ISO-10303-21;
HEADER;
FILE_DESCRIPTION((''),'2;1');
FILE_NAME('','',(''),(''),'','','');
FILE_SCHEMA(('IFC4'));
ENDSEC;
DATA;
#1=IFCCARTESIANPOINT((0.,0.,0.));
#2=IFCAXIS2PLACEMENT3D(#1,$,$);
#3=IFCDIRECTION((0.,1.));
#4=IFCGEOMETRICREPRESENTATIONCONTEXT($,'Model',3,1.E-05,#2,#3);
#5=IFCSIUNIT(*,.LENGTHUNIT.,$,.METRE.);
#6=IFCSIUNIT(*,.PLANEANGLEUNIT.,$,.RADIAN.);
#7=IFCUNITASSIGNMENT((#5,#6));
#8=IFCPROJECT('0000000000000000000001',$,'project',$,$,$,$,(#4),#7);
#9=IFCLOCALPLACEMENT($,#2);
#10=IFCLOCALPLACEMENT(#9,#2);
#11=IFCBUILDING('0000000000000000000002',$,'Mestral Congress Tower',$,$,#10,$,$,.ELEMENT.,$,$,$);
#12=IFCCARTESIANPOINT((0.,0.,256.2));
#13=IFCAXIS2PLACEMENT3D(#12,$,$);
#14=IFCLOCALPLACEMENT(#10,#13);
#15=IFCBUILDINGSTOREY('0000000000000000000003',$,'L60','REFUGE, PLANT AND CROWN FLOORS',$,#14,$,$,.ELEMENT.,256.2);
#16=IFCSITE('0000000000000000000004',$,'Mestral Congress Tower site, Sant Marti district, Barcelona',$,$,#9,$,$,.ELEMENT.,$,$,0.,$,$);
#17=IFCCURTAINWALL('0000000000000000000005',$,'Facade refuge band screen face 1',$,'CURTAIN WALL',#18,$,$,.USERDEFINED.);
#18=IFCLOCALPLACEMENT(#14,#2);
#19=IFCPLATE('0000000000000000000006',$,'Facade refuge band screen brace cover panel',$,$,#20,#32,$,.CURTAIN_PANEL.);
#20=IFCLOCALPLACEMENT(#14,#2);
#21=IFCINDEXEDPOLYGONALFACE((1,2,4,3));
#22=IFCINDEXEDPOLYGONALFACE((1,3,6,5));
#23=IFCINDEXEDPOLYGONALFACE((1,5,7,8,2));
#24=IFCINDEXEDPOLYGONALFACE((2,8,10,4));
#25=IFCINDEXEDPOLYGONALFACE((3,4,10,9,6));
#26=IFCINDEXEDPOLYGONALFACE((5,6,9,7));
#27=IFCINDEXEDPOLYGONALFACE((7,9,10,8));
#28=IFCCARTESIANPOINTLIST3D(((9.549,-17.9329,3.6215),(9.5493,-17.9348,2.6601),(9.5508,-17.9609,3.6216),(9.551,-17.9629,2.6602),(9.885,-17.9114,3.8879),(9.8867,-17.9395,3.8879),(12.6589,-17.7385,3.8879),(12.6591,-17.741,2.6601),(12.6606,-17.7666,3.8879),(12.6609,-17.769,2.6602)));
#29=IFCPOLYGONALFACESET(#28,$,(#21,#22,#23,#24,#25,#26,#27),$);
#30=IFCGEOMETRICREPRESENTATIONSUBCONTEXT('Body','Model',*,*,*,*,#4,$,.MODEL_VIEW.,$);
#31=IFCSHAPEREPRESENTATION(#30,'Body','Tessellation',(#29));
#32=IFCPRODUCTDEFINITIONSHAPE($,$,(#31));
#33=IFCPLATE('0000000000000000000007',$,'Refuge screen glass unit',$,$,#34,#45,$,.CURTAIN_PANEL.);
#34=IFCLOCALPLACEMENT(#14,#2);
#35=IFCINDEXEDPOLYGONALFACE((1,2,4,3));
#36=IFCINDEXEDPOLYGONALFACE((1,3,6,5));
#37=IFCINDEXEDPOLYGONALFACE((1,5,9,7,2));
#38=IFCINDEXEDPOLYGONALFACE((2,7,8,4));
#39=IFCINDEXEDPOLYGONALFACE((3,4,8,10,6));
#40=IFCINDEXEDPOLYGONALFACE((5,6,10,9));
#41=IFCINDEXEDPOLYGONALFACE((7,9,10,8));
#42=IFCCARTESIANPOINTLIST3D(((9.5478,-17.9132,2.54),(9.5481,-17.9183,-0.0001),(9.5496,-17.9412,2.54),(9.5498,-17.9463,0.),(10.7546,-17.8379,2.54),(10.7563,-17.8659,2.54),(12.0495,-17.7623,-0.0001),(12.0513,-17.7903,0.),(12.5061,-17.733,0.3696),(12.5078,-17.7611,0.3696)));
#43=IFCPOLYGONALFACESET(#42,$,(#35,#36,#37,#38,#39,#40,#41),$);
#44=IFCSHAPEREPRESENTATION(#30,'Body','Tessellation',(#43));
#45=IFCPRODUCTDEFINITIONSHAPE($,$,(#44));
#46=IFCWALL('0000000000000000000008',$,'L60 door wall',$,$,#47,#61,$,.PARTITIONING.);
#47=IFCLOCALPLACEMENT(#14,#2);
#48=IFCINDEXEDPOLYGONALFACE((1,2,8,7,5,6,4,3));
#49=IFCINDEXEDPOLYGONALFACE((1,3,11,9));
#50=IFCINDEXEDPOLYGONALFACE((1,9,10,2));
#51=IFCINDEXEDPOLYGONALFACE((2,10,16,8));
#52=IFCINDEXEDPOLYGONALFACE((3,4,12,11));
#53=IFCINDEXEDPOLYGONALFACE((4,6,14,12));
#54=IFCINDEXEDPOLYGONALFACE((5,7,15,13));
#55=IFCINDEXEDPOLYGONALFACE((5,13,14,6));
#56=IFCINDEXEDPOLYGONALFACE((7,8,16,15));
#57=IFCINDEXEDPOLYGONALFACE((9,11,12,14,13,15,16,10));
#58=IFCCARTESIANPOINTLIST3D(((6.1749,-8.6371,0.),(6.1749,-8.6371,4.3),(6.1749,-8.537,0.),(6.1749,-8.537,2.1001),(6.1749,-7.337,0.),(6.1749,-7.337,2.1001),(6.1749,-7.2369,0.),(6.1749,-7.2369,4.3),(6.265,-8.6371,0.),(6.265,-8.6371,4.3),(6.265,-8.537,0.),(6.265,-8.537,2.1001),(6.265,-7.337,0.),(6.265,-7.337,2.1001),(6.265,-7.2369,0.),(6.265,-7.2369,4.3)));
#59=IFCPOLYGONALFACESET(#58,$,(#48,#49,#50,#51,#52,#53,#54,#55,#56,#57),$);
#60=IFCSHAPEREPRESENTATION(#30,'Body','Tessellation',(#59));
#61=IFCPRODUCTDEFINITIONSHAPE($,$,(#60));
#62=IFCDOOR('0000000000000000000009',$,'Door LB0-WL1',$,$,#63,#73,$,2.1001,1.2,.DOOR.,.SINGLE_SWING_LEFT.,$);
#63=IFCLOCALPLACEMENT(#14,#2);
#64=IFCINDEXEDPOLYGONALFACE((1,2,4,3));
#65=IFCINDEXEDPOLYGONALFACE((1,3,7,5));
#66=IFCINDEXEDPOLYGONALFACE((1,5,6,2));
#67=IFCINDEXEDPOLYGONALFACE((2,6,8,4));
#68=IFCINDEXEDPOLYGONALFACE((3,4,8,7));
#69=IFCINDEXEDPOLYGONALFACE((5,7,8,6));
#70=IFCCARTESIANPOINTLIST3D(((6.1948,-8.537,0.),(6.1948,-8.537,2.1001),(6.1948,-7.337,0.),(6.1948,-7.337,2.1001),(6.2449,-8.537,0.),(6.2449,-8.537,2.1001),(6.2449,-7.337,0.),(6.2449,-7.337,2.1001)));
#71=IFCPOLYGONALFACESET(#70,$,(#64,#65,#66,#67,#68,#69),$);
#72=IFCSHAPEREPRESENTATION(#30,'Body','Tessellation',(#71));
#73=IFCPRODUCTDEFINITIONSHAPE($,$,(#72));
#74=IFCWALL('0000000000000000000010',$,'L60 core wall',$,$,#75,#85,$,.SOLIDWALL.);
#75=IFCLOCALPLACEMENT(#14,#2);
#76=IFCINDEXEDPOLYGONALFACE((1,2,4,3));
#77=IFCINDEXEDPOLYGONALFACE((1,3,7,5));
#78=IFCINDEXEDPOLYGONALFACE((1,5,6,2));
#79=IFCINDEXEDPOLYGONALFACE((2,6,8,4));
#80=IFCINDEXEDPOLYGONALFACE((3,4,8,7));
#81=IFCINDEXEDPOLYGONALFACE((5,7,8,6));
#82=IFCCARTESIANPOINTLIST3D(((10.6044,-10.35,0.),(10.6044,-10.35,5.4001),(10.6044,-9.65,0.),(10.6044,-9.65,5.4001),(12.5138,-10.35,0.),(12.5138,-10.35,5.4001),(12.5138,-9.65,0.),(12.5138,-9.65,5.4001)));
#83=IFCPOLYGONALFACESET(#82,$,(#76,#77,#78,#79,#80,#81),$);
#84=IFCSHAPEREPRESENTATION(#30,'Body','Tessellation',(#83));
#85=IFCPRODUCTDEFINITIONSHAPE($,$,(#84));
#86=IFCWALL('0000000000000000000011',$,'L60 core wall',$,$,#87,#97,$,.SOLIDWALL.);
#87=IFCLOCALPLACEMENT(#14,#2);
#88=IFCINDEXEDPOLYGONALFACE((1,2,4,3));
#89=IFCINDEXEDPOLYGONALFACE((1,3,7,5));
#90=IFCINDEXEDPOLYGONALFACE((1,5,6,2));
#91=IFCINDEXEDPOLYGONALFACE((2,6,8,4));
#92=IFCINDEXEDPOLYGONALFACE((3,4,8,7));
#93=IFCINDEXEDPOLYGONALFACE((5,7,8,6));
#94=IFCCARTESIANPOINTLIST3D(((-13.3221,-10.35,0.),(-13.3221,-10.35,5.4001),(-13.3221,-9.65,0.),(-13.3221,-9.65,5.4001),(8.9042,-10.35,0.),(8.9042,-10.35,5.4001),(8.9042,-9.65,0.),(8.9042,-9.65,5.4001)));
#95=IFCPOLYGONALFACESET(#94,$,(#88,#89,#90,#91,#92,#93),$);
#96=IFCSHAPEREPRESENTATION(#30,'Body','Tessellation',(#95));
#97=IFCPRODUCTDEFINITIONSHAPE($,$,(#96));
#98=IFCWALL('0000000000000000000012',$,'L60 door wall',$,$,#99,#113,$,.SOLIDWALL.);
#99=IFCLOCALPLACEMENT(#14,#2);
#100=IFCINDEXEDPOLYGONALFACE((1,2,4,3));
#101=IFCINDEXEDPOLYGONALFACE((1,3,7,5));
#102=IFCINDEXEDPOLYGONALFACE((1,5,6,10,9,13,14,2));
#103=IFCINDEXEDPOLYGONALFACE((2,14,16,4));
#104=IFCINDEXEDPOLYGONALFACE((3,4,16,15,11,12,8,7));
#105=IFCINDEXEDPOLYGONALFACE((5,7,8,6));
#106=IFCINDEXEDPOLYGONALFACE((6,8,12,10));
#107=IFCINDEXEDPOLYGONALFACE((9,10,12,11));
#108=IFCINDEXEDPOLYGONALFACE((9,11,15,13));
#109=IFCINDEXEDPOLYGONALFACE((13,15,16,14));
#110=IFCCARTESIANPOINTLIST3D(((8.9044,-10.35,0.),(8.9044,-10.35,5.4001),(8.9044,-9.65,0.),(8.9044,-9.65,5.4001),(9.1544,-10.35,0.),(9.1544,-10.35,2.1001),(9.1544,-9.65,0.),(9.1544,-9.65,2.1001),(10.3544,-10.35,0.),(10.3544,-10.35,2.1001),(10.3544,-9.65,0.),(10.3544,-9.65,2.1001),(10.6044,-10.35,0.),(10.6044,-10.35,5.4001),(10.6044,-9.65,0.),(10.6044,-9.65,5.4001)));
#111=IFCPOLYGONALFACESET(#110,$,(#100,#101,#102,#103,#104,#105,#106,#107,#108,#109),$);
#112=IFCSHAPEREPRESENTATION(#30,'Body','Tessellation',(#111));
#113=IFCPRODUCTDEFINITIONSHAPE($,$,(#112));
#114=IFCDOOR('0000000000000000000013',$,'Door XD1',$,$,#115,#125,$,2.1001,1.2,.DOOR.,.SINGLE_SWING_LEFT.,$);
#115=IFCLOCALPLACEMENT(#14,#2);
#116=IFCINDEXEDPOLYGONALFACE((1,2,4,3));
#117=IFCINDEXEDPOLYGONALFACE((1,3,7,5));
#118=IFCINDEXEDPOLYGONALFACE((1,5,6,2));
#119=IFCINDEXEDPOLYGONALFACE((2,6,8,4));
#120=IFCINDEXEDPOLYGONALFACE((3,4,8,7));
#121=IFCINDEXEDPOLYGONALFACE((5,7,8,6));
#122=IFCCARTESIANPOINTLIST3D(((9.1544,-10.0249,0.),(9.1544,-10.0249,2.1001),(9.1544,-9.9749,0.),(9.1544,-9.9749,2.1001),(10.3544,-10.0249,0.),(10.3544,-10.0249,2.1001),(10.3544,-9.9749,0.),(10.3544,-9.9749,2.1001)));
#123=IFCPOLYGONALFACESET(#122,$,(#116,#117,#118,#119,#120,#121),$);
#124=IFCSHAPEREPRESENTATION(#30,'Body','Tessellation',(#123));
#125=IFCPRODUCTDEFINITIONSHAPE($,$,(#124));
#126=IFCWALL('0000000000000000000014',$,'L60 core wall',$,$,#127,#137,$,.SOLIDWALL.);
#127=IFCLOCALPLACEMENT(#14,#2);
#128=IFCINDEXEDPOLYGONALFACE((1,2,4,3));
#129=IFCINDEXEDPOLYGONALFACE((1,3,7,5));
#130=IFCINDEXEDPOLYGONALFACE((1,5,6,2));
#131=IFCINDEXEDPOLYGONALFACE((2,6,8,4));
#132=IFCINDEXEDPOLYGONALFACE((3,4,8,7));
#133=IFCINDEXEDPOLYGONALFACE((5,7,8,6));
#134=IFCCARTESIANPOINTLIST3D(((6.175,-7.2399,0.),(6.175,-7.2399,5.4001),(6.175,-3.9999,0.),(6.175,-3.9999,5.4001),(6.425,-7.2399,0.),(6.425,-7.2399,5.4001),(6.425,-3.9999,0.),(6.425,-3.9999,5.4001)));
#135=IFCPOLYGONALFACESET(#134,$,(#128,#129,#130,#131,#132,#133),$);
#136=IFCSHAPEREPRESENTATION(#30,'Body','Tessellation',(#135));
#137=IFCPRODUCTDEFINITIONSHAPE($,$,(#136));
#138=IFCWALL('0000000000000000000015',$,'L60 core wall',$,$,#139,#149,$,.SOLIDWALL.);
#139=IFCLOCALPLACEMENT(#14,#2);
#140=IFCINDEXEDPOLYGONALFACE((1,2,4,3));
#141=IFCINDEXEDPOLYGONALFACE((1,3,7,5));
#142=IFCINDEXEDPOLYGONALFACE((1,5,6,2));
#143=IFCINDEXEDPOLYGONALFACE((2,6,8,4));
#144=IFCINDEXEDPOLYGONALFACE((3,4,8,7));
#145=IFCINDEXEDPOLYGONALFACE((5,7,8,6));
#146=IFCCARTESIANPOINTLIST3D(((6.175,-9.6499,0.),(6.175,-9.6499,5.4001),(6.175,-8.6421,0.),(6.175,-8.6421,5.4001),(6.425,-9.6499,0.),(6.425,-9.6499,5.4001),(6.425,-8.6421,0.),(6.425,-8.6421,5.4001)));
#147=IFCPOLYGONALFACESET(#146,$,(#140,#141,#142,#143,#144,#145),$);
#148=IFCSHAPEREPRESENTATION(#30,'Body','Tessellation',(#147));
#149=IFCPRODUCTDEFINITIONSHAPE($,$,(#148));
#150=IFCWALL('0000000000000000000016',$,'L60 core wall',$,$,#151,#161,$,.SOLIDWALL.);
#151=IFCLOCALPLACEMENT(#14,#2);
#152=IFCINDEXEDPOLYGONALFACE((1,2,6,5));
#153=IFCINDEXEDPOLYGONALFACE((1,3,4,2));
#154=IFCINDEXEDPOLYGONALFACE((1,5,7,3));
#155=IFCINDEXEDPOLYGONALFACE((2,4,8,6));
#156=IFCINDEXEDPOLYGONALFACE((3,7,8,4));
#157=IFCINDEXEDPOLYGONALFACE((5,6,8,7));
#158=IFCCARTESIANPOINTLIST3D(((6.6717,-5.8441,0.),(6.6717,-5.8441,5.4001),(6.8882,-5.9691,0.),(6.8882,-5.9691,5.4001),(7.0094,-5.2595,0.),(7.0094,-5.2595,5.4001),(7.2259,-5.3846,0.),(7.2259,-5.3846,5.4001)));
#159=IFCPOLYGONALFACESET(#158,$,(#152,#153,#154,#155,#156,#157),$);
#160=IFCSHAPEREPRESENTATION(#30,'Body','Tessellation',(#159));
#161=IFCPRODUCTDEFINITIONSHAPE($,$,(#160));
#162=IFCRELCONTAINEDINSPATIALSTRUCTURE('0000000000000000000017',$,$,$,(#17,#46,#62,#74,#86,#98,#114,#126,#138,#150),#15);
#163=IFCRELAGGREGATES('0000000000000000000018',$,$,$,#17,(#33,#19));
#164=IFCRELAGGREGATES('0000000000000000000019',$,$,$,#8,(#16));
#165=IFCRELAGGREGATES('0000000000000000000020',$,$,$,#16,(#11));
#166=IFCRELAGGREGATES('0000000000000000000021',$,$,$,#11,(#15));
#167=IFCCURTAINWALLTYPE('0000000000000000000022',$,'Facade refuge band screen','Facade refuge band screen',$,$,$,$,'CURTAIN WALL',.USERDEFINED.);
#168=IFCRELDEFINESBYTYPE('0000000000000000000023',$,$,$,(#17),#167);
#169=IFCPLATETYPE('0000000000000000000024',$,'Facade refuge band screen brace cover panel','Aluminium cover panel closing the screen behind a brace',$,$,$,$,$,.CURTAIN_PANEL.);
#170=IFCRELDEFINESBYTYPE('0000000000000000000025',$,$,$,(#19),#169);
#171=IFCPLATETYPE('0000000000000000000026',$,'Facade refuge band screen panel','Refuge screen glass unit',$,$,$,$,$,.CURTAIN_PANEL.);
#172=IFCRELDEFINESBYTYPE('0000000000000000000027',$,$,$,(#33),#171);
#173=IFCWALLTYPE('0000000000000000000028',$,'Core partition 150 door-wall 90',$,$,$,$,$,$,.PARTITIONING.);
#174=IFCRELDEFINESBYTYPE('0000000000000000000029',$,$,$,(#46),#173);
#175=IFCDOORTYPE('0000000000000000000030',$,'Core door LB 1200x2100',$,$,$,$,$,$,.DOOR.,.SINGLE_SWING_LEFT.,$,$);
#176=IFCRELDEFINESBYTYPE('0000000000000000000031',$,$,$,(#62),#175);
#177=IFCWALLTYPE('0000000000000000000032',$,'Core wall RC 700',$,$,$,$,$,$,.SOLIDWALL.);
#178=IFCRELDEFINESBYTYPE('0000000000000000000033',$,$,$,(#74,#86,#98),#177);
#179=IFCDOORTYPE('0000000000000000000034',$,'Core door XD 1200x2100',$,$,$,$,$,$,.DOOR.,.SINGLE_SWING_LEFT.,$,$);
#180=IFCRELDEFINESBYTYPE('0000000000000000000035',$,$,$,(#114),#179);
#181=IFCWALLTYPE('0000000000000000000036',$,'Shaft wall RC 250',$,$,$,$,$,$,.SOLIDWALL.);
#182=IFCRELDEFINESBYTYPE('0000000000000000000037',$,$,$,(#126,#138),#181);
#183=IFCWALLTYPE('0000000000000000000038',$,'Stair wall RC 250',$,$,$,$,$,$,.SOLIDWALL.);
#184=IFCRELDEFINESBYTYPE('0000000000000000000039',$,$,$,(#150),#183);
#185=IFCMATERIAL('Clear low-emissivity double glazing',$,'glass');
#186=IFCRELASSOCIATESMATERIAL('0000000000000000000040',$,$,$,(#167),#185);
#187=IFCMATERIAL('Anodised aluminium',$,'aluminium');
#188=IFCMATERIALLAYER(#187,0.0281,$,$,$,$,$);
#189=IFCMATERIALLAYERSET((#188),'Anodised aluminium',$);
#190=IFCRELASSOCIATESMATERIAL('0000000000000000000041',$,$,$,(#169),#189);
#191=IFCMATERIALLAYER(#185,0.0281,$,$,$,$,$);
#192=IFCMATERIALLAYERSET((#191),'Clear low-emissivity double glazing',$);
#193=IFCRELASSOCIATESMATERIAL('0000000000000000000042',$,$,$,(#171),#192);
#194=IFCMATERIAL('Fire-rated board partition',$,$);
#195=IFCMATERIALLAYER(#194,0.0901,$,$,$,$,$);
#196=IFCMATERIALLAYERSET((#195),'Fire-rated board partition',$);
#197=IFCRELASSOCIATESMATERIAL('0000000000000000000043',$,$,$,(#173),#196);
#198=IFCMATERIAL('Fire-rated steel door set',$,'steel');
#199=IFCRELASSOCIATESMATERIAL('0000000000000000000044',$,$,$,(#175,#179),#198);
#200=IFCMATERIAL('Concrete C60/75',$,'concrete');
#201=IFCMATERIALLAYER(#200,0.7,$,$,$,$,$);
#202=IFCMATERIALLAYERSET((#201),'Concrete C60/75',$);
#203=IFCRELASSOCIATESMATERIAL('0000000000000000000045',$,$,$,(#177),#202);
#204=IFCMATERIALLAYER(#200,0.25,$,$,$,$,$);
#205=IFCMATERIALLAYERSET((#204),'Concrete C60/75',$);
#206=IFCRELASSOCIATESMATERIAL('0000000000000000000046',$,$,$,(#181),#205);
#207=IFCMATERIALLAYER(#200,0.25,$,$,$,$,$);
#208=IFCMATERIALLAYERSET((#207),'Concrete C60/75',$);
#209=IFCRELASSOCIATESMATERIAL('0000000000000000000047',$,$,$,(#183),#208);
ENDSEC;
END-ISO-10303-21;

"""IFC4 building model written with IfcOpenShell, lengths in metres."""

from ifc_helpers import new_model, si_unit, direction, frame, frame_2d, origin, place, context, subcontext, project, spatial, polyline, rectangle, outline, extrude, material, layer, layer_set, type_object, element, fill, aggregate, save


model = new_model("IFC4")

# Units and contexts
model_context = context("Model", 3, precision=1e-05, world=origin(), true_north=direction((0.0, 1.0)))
body_context = subcontext(model_context, "Body", "Model", "MODEL_VIEW")
ifc_project = project(units=[si_unit("LENGTHUNIT", "METRE"), si_unit("PLANEANGLEUNIT", "RADIAN")], contexts=[model_context])

# Site, building, storey
site_placement = place(None, origin())
site = spatial("IfcSite", under=ifc_project, at=site_placement, Name="Mestral Congress Tower site, Sant Marti district, Barcelona", CompositionType="ELEMENT", RefElevation=0.0)
building_placement = place(site_placement, origin())
building = spatial("IfcBuilding", under=site, at=building_placement, Name="Mestral Congress Tower", CompositionType="ELEMENT")
storey_placement = place(building_placement, frame((0.0, 0.0, 256.2)))
storey = spatial("IfcBuildingStorey", under=building, at=storey_placement, Name="L60", Description="REFUGE, PLANT AND CROWN FLOORS", CompositionType="ELEMENT", Elevation=256.2)

# Curtain wall, plates
ifc_material_1 = material(Name="Clear low-emissivity double glazing", Category="glass")
curtain_wall_type = type_object("IfcCurtainWallType", Name="Facade refuge band screen", Description="Facade refuge band screen", ElementType="CURTAIN WALL", PredefinedType="USERDEFINED", material=ifc_material_1)
placement = place(storey_placement, origin())
curtain_wall = element("IfcCurtainWall", 1, at=placement, inside=storey, type_object=curtain_wall_type, Name="Facade refuge band screen face 1", ObjectType="CURTAIN WALL", PredefinedType="USERDEFINED")
ifc_material_2 = material(Name="Anodised aluminium", Category="aluminium")
ifc_layer_1 = layer(ifc_material_2, 0.0281)
ifc_layer_set_1 = layer_set([ifc_layer_1], Name="Anodised aluminium")
plate_type_1 = type_object("IfcPlateType", Name="Facade refuge band screen brace cover panel", Description="Aluminium cover panel closing the screen behind a brace", PredefinedType="CURTAIN_PANEL", material=ifc_layer_set_1)
plate_1_placement = place(storey_placement, frame((12.6609, -17.769, 2.6602), z_axis=(0.062203, -0.998061, 0.002022), x_axis=(-0.998064, -0.062203, 0.0)))
plate_1 = element("IfcPlate", 2, at=plate_1_placement, type_object=plate_type_1, Name="Facade refuge band screen brace cover panel", PredefinedType="CURTAIN_PANEL", context=body_context, shape_type="SweptSolid", body=[
    extrude(outline(polyline([(0.0, 0.0), (3.1159, 0.0), (3.116, -0.9614), (2.7794, -1.2278), (0.0001, -1.2278), (0.0, 0.0)])), origin(), (0.0, 0.0, -1.0), 0.0281),
])
ifc_layer_2 = layer(ifc_material_1, 0.0281)
ifc_layer_set_2 = layer_set([ifc_layer_2], Name="Clear low-emissivity double glazing")
plate_type_2 = type_object("IfcPlateType", Name="Facade refuge band screen panel", Description="Refuge screen glass unit", PredefinedType="CURTAIN_PANEL", material=ifc_layer_set_2)
plate_2_placement = place(storey_placement, frame((12.0513, -17.7903, 0.0), z_axis=(0.062249, -0.998059, 0.002012), x_axis=(-0.998061, -0.062249, 0.0)))
plate_2 = element("IfcPlate", 3, at=plate_2_placement, type_object=plate_type_2, Name="Refuge screen glass unit", PredefinedType="CURTAIN_PANEL", context=body_context, shape_type="SweptSolid", body=[
    extrude(outline(polyline([(0.0, 0.0), (2.5063, 0.0), (2.5062, -2.54), (1.2971, -2.54), (-0.4575, -0.3696), (0.0, 0.0)])), origin(), (0.0, 0.0, -1.0), 0.0281),
])
aggregate(curtain_wall, [plate_2, plate_1])

# Wall, opening, door
ifc_material_3 = material(Name="Fire-rated board partition")
ifc_layer_3 = layer(ifc_material_3, 0.0901)
ifc_layer_set_3 = layer_set([ifc_layer_3], Name="Fire-rated board partition")
wall_type_1 = type_object("IfcWallType", Name="Core partition 150 door-wall 90", PredefinedType="PARTITIONING", material=ifc_layer_set_3)
wall_1_placement = place(storey_placement, frame((6.22, -7.2368, 0.0), z_axis=(0.0, 0.0, 1.0), x_axis=(0.0, -1.0, 0.0)))
wall_1 = element("IfcWall", 4, at=wall_1_placement, inside=storey, type_object=wall_type_1, Name="L60 door wall", PredefinedType="PARTITIONING", context=body_context, shape_type="SweptSolid", body=[
    extrude(rectangle(XDim=1.4001, YDim=0.0901, at=frame_2d((0.7002, 0.0))), origin(), (0.0, 0.0, 1.0), 4.3),
])
opening_1_placement = place(wall_1_placement, frame((0.1001, 0.0, 0.0)))
opening_1 = element("IfcOpeningElement", 5, at=opening_1_placement, cuts=wall_1, PredefinedType="OPENING", context=body_context, shape_type="SweptSolid", body=[
    extrude(rectangle(XDim=1.2, YDim=2.1001, at=frame_2d((0.6001, 1.05))), frame((0.0, 0.0549, 0.0), z_axis=(0.0, -1.0, 0.0), x_axis=(1.0, 0.0, 0.0)), (0.0, 0.0, 1.0), 0.1101),
])
ifc_material_4 = material(Name="Fire-rated steel door set", Category="steel")
door_type_1 = type_object("IfcDoorType", Name="Core door LB 1200x2100", OperationType="SINGLE_SWING_LEFT", PredefinedType="DOOR", material=ifc_material_4)
door_1_placement = place(opening_1_placement, origin())
door_1 = element("IfcDoor", 6, at=door_1_placement, inside=storey, type_object=door_type_1, Name="Door LB0-WL1", OperationType="SINGLE_SWING_LEFT", OverallHeight=2.1001, OverallWidth=1.2, PredefinedType="DOOR", context=body_context, shape_type="SweptSolid", body=[
    extrude(rectangle(XDim=1.2, YDim=2.1001, at=frame_2d((0.6001, 1.05))), frame((0.0, 0.0249, 0.0), z_axis=(0.0, -1.0, 0.0), x_axis=(1.0, 0.0, 0.0)), (0.0, 0.0, 1.0), 0.05),
])
fill(opening_1, door_1)

# Walls
ifc_material_5 = material(Name="Concrete C60/75", Category="concrete")
ifc_layer_4 = layer(ifc_material_5, 0.7)
ifc_layer_set_4 = layer_set([ifc_layer_4], Name="Concrete C60/75")
wall_type_2 = type_object("IfcWallType", Name="Core wall RC 700", PredefinedType="SOLIDWALL", material=ifc_layer_set_4)
wall_2_placement = place(storey_placement, frame((10.6045, -10.0, 0.0), z_axis=(0.0, 0.0, 1.0), x_axis=(1.0, 0.0, 0.0)))
element("IfcWall", 7, at=wall_2_placement, inside=storey, type_object=wall_type_2, Name="L60 core wall", PredefinedType="SOLIDWALL", context=body_context, shape_type="SweptSolid", body=[
    extrude(rectangle(XDim=1.9094, YDim=0.7, at=frame_2d((0.9546, 0.0))), origin(), (0.0, 0.0, 1.0), 5.4001),
])
wall_3_placement = place(storey_placement, frame((8.9043, -10.0, 0.0), z_axis=(0.0, 0.0, 1.0), x_axis=(-1.0, 0.0, 0.0)))
element("IfcWall", 8, at=wall_3_placement, inside=storey, type_object=wall_type_2, Name="L60 core wall", PredefinedType="SOLIDWALL", context=body_context, shape_type="SweptSolid", body=[
    extrude(rectangle(XDim=22.2263, YDim=0.7, at=frame_2d((11.1133, 0.0))), origin(), (0.0, 0.0, 1.0), 5.4001),
])

# Wall, opening, door
wall_4_placement = place(storey_placement, frame((10.6045, -10.0, 0.0), z_axis=(0.0, 0.0, 1.0), x_axis=(-1.0, 0.0, 0.0)))
wall_4 = element("IfcWall", 9, at=wall_4_placement, inside=storey, type_object=wall_type_2, Name="L60 door wall", PredefinedType="SOLIDWALL", context=body_context, shape_type="SweptSolid", body=[
    extrude(rectangle(XDim=1.7, YDim=0.7, at=frame_2d((0.8501, 0.0))), origin(), (0.0, 0.0, 1.0), 5.4001),
])
opening_2_placement = place(wall_4_placement, frame((0.25, 0.0, 0.0)))
opening_2 = element("IfcOpeningElement", 10, at=opening_2_placement, cuts=wall_4, PredefinedType="OPENING", context=body_context, shape_type="SweptSolid", body=[
    extrude(rectangle(XDim=1.2, YDim=2.1001, at=frame_2d((0.6001, 1.05))), frame((0.0, 0.3599, 0.0), z_axis=(0.0, -1.0, 0.0), x_axis=(1.0, 0.0, 0.0)), (0.0, 0.0, 1.0), 0.72),
])
door_type_2 = type_object("IfcDoorType", Name="Core door XD 1200x2100", OperationType="SINGLE_SWING_LEFT", PredefinedType="DOOR", material=ifc_material_4)
door_2_placement = place(opening_2_placement, origin())
door_2 = element("IfcDoor", 11, at=door_2_placement, inside=storey, type_object=door_type_2, Name="Door XD1", OperationType="SINGLE_SWING_LEFT", OverallHeight=2.1001, OverallWidth=1.2, PredefinedType="DOOR", context=body_context, shape_type="SweptSolid", body=[
    extrude(rectangle(XDim=1.2, YDim=2.1001, at=frame_2d((0.6001, 1.05))), frame((0.0, 0.0249, 0.0), z_axis=(0.0, -1.0, 0.0), x_axis=(1.0, 0.0, 0.0)), (0.0, 0.0, 1.0), 0.05),
])
fill(opening_2, door_2)

# Walls
ifc_layer_5 = layer(ifc_material_5, 0.25)
ifc_layer_set_5 = layer_set([ifc_layer_5], Name="Concrete C60/75")
wall_type_3 = type_object("IfcWallType", Name="Shaft wall RC 250", PredefinedType="SOLIDWALL", material=ifc_layer_set_5)
wall_5_placement = place(storey_placement, frame((6.3, -7.24, 0.0), z_axis=(0.0, 0.0, 1.0), x_axis=(0.0, 1.0, 0.0)))
element("IfcWall", 12, at=wall_5_placement, inside=storey, type_object=wall_type_3, Name="L60 core wall", PredefinedType="SOLIDWALL", context=body_context, shape_type="SweptSolid", body=[
    extrude(rectangle(XDim=3.24, YDim=0.25, at=frame_2d((1.6201, 0.0))), origin(), (0.0, 0.0, 1.0), 5.4001),
])
wall_6_placement = place(storey_placement, frame((6.3, -9.6499, 0.0), z_axis=(0.0, 0.0, 1.0), x_axis=(0.0, 1.0, 0.0)))
element("IfcWall", 13, at=wall_6_placement, inside=storey, type_object=wall_type_3, Name="L60 core wall", PredefinedType="SOLIDWALL", context=body_context, shape_type="SweptSolid", body=[
    extrude(rectangle(XDim=1.0078, YDim=0.25, at=frame_2d((0.5039, 0.0))), origin(), (0.0, 0.0, 1.0), 5.4001),
])
ifc_layer_6 = layer(ifc_material_5, 0.25)
ifc_layer_set_6 = layer_set([ifc_layer_6], Name="Concrete C60/75")
wall_type_4 = type_object("IfcWallType", Name="Stair wall RC 250", PredefinedType="SOLIDWALL", material=ifc_layer_set_6)
wall_7_placement = place(storey_placement, frame((6.78, -5.9065, 0.0), z_axis=(0.0, 0.0, 1.0), x_axis=(0.500223, 0.865896, 0.0)))
element("IfcWall", 14, at=wall_7_placement, inside=storey, type_object=wall_type_4, Name="L60 core wall", PredefinedType="SOLIDWALL", context=body_context, shape_type="SweptSolid", body=[
    extrude(rectangle(XDim=0.675, YDim=0.25, at=frame_2d((0.3374, 0.0))), origin(), (0.0, 0.0, 1.0), 5.4001),
])

save(model, "model.ifc")
